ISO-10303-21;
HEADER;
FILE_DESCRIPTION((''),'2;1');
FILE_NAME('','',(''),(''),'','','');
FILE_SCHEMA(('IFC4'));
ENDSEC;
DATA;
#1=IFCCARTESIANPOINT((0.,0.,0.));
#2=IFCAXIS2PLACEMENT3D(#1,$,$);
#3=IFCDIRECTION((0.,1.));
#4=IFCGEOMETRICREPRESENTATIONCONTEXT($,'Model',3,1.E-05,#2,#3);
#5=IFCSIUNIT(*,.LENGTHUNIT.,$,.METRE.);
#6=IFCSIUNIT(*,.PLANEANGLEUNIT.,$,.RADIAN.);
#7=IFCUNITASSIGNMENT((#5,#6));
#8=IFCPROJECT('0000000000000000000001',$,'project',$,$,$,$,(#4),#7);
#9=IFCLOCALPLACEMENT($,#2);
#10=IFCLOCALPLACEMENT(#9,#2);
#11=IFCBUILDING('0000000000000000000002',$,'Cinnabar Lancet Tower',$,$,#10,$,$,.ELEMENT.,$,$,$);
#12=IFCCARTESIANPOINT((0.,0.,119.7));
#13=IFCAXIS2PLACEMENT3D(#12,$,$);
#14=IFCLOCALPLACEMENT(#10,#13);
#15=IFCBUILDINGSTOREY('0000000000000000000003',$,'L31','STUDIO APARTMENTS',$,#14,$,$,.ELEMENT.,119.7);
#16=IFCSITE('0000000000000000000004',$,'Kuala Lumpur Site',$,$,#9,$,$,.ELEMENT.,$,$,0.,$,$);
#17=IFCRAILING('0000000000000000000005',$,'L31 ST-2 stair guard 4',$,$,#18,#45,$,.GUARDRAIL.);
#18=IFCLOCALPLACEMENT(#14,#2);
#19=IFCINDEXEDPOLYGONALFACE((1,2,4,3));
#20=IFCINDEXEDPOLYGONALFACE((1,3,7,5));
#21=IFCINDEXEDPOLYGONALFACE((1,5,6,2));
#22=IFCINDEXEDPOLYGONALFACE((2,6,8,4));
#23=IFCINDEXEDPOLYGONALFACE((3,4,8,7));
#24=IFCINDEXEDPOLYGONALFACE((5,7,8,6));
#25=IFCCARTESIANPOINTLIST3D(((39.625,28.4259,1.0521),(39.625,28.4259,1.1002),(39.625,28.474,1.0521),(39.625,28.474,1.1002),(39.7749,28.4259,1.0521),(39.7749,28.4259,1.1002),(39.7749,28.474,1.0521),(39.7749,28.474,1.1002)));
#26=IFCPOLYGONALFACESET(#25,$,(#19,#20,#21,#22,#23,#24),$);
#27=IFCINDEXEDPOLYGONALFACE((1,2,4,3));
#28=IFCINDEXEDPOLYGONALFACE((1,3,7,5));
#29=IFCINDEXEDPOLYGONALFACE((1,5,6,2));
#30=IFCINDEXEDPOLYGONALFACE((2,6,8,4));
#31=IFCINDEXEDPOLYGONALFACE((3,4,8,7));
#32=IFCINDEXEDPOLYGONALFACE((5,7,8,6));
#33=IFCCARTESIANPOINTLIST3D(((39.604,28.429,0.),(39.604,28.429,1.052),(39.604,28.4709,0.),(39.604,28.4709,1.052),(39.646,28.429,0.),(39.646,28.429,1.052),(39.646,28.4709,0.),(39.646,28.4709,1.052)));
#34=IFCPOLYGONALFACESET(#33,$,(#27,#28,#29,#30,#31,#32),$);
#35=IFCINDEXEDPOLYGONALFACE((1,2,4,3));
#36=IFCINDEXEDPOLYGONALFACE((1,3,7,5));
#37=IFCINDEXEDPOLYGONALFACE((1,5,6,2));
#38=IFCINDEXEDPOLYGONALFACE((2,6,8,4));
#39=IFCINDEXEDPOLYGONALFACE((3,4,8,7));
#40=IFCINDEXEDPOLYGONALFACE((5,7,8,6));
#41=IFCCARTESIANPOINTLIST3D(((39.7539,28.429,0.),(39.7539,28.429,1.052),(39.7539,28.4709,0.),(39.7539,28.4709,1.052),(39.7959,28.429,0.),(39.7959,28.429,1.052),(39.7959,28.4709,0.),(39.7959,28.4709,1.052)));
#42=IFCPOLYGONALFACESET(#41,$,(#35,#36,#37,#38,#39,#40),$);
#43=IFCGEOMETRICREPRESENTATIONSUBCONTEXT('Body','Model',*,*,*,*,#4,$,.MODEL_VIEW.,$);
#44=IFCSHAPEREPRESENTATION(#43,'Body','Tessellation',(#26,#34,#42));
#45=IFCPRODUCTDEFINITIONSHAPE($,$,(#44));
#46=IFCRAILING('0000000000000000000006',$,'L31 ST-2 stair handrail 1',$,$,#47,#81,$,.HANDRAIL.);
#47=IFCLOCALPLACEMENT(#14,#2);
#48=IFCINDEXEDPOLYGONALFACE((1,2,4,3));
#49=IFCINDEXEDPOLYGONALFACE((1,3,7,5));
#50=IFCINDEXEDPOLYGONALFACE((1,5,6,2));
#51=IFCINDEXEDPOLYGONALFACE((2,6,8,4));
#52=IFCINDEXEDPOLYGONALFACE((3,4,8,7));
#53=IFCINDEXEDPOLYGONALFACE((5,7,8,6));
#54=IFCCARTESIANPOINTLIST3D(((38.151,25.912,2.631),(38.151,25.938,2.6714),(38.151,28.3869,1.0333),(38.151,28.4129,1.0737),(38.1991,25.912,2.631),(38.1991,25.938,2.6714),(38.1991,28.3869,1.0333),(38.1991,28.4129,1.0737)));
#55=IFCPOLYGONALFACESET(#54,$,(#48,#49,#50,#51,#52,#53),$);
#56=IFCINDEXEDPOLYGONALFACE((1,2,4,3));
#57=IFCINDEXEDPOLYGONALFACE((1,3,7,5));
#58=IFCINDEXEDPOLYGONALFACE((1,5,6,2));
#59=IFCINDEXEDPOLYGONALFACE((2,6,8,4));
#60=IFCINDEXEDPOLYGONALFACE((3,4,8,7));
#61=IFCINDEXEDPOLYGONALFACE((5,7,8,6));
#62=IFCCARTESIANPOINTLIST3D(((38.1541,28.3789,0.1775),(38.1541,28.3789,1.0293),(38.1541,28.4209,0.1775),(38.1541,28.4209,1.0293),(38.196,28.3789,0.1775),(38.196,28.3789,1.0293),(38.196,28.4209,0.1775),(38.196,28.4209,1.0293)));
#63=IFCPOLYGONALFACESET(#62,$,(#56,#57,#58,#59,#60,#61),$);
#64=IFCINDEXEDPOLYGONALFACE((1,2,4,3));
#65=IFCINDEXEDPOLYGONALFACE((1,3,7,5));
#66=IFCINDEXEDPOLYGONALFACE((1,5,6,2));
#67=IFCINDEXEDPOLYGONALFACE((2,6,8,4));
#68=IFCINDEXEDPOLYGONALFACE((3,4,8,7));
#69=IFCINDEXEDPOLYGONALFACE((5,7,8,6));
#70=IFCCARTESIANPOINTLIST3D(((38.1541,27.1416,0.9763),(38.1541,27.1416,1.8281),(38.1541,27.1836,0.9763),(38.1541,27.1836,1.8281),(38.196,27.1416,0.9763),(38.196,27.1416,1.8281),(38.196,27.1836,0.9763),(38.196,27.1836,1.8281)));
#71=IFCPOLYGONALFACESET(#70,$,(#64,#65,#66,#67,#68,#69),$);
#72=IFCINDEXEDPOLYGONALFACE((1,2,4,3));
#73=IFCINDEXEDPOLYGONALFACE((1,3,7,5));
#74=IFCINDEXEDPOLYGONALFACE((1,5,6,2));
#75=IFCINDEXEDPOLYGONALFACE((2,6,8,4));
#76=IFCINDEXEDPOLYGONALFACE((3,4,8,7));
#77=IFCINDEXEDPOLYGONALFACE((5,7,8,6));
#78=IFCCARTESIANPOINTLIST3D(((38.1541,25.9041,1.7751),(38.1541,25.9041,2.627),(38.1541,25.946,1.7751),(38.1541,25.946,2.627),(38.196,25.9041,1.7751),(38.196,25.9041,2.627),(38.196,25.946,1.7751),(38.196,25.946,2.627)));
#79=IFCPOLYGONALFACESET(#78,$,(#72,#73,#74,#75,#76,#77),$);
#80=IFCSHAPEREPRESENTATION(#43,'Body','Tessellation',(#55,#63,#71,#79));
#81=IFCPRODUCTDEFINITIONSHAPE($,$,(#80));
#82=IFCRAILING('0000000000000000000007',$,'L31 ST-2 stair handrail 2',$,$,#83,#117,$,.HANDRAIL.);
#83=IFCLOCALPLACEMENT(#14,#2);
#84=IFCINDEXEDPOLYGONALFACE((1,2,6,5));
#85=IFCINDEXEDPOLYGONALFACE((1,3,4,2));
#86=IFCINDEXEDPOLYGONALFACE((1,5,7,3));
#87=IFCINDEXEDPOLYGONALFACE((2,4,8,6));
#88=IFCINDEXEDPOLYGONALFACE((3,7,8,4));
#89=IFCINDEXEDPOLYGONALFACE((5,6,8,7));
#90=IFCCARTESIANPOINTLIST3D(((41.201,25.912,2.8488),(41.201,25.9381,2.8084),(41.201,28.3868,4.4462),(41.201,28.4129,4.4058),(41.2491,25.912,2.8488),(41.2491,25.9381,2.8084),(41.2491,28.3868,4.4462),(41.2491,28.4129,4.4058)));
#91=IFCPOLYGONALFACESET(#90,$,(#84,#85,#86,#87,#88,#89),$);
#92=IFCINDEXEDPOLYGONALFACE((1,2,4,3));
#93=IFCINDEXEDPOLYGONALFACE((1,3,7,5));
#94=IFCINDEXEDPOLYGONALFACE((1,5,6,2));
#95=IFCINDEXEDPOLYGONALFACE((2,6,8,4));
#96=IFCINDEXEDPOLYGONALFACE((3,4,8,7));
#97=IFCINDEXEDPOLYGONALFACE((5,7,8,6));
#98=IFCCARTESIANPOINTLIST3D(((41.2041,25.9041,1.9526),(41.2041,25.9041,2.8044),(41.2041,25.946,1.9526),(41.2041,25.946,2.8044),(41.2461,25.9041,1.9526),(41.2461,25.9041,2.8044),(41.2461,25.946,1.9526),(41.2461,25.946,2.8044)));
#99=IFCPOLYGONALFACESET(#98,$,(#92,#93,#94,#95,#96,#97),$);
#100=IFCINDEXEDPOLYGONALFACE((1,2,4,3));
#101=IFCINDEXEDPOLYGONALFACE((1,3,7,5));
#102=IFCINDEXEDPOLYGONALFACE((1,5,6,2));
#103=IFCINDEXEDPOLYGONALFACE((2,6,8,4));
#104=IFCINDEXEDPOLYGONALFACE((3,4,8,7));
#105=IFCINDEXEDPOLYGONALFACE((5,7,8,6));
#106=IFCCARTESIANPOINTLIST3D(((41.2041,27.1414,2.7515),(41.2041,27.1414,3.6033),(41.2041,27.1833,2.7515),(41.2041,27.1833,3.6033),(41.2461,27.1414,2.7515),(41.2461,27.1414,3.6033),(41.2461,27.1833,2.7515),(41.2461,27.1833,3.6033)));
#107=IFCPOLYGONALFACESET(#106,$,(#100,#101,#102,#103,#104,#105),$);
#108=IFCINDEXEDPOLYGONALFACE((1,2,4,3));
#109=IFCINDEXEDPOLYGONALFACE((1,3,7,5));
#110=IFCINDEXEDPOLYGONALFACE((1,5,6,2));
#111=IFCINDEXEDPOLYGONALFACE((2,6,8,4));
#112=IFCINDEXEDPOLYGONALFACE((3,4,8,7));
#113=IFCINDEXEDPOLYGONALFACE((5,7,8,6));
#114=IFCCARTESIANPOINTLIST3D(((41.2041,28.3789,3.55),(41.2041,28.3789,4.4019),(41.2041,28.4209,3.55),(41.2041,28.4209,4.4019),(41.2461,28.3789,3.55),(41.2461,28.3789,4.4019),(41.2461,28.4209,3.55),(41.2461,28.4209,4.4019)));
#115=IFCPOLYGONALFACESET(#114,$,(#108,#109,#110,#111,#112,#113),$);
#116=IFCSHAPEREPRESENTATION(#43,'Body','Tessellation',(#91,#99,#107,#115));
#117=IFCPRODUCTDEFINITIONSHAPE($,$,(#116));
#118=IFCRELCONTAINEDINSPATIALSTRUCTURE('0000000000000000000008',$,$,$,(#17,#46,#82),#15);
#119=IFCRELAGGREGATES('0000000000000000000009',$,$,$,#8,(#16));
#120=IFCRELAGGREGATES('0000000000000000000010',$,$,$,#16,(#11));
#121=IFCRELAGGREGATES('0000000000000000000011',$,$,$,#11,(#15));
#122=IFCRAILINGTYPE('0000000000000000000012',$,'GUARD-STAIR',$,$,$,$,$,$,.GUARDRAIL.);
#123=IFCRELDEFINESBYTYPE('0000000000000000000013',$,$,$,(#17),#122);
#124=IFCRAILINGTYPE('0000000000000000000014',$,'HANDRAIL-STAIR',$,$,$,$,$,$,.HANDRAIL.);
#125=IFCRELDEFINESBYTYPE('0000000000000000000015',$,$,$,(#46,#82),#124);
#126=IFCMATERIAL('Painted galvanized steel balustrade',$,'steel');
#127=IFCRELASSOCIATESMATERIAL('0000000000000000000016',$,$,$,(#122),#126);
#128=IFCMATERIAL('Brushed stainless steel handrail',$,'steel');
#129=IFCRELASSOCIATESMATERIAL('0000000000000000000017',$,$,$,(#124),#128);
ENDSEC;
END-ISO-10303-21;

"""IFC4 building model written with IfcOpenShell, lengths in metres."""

from ifc_helpers import new_model, si_unit, direction, frame, origin, origin_2d, place, context, subcontext, project, spatial, rectangle, extrude, material, type_object, element, save


model = new_model("IFC4")

# Units and contexts
model_context = context("Model", 3, precision=1e-05, world=origin(), true_north=direction((0.0, 1.0)))
body_context = subcontext(model_context, "Body", "Model", "MODEL_VIEW")
ifc_project = project(units=[si_unit("LENGTHUNIT", "METRE"), si_unit("PLANEANGLEUNIT", "RADIAN")], contexts=[model_context])

# Site, building, storey
site_placement = place(None, origin())
site = spatial("IfcSite", under=ifc_project, at=site_placement, Name="Kuala Lumpur Site", CompositionType="ELEMENT", RefElevation=0.0)
building_placement = place(site_placement, origin())
building = spatial("IfcBuilding", under=site, at=building_placement, Name="Cinnabar Lancet Tower", CompositionType="ELEMENT")
storey_placement = place(building_placement, frame((0.0, 0.0, 119.7)))
storey = spatial("IfcBuildingStorey", under=building, at=storey_placement, Name="L31", Description="STUDIO APARTMENTS", CompositionType="ELEMENT", Elevation=119.7)

# Railings
ifc_material_1 = material(Name="Painted galvanized steel balustrade", Category="steel")
railing_type_1 = type_object("IfcRailingType", Name="GUARD-STAIR", PredefinedType="GUARDRAIL", material=ifc_material_1)
railing_1_placement = place(storey_placement, frame((39.625, 28.45, 0.0)))
element("IfcRailing", 1, at=railing_1_placement, inside=storey, type_object=railing_type_1, Name="L31 ST-2 stair guard 4", PredefinedType="GUARDRAIL", context=body_context, shape_type="SweptSolid", body=[
    extrude(rectangle(XDim=0.0481, YDim=0.0481, at=origin_2d()), frame((0.0, 0.0, 1.0762), z_axis=(1.0, 0.0, 0.0), x_axis=(0.0, 1.0, 0.0)), (0.0, 0.0, 1.0), 0.1499),
    extrude(rectangle(XDim=0.042, YDim=0.042, at=origin_2d()), origin(), (0.0, 0.0, 1.0), 1.052),
    extrude(rectangle(XDim=0.042, YDim=0.042, at=origin_2d()), frame((0.1499, 0.0, 0.0)), (0.0, 0.0, 1.0), 1.052),
])
ifc_material_2 = material(Name="Brushed stainless steel handrail", Category="steel")
railing_type_2 = type_object("IfcRailingType", Name="HANDRAIL-STAIR", PredefinedType="HANDRAIL", material=ifc_material_2)
railing_2_placement = place(storey_placement, frame((38.175, 28.3999, 0.1775)))
element("IfcRailing", 2, at=railing_2_placement, inside=storey, type_object=railing_type_2, Name="L31 ST-2 stair handrail 1", PredefinedType="HANDRAIL", context=body_context, shape_type="SweptSolid", body=[
    extrude(rectangle(XDim=0.0481, YDim=0.0481, at=origin_2d()), frame((0.0, 0.0, 0.876), z_axis=(0.0, -0.840146, 0.542361), x_axis=(1.0, 0.0, 0.0)), (0.0, 0.0, 1.0), 2.9458),
    extrude(rectangle(XDim=0.042, YDim=0.042, at=origin_2d()), origin(), (0.0, 0.0, 1.0), 0.8518),
    extrude(rectangle(XDim=0.042, YDim=0.042, at=origin_2d()), frame((0.0, -1.2373, 0.7988)), (0.0, 0.0, 1.0), 0.8518),
    extrude(rectangle(XDim=0.042, YDim=0.042, at=origin_2d()), frame((0.0, -2.4749, 1.5977)), (0.0, 0.0, 1.0), 0.8518),
])
railing_3_placement = place(storey_placement, frame((41.2251, 25.925, 1.9526)))
element("IfcRailing", 3, at=railing_3_placement, inside=storey, type_object=railing_type_2, Name="L31 ST-2 stair handrail 2", PredefinedType="HANDRAIL", context=body_context, shape_type="SweptSolid", body=[
    extrude(rectangle(XDim=0.0481, YDim=0.0481, at=origin_2d()), frame((0.0, 0.0, 0.876), z_axis=(0.0, 0.840183, 0.542302), x_axis=(-1.0, 0.0, 0.0)), (0.0, 0.0, 1.0), 2.9456),
    extrude(rectangle(XDim=0.042, YDim=0.042, at=origin_2d()), origin(), (0.0, 0.0, 1.0), 0.8518),
    extrude(rectangle(XDim=0.042, YDim=0.042, at=origin_2d()), frame((0.0, 1.2373, 0.7988)), (0.0, 0.0, 1.0), 0.8518),
    extrude(rectangle(XDim=0.042, YDim=0.042, at=origin_2d()), frame((0.0, 2.4749, 1.5974)), (0.0, 0.0, 1.0), 0.8518),
])

save(model, "model.ifc")
